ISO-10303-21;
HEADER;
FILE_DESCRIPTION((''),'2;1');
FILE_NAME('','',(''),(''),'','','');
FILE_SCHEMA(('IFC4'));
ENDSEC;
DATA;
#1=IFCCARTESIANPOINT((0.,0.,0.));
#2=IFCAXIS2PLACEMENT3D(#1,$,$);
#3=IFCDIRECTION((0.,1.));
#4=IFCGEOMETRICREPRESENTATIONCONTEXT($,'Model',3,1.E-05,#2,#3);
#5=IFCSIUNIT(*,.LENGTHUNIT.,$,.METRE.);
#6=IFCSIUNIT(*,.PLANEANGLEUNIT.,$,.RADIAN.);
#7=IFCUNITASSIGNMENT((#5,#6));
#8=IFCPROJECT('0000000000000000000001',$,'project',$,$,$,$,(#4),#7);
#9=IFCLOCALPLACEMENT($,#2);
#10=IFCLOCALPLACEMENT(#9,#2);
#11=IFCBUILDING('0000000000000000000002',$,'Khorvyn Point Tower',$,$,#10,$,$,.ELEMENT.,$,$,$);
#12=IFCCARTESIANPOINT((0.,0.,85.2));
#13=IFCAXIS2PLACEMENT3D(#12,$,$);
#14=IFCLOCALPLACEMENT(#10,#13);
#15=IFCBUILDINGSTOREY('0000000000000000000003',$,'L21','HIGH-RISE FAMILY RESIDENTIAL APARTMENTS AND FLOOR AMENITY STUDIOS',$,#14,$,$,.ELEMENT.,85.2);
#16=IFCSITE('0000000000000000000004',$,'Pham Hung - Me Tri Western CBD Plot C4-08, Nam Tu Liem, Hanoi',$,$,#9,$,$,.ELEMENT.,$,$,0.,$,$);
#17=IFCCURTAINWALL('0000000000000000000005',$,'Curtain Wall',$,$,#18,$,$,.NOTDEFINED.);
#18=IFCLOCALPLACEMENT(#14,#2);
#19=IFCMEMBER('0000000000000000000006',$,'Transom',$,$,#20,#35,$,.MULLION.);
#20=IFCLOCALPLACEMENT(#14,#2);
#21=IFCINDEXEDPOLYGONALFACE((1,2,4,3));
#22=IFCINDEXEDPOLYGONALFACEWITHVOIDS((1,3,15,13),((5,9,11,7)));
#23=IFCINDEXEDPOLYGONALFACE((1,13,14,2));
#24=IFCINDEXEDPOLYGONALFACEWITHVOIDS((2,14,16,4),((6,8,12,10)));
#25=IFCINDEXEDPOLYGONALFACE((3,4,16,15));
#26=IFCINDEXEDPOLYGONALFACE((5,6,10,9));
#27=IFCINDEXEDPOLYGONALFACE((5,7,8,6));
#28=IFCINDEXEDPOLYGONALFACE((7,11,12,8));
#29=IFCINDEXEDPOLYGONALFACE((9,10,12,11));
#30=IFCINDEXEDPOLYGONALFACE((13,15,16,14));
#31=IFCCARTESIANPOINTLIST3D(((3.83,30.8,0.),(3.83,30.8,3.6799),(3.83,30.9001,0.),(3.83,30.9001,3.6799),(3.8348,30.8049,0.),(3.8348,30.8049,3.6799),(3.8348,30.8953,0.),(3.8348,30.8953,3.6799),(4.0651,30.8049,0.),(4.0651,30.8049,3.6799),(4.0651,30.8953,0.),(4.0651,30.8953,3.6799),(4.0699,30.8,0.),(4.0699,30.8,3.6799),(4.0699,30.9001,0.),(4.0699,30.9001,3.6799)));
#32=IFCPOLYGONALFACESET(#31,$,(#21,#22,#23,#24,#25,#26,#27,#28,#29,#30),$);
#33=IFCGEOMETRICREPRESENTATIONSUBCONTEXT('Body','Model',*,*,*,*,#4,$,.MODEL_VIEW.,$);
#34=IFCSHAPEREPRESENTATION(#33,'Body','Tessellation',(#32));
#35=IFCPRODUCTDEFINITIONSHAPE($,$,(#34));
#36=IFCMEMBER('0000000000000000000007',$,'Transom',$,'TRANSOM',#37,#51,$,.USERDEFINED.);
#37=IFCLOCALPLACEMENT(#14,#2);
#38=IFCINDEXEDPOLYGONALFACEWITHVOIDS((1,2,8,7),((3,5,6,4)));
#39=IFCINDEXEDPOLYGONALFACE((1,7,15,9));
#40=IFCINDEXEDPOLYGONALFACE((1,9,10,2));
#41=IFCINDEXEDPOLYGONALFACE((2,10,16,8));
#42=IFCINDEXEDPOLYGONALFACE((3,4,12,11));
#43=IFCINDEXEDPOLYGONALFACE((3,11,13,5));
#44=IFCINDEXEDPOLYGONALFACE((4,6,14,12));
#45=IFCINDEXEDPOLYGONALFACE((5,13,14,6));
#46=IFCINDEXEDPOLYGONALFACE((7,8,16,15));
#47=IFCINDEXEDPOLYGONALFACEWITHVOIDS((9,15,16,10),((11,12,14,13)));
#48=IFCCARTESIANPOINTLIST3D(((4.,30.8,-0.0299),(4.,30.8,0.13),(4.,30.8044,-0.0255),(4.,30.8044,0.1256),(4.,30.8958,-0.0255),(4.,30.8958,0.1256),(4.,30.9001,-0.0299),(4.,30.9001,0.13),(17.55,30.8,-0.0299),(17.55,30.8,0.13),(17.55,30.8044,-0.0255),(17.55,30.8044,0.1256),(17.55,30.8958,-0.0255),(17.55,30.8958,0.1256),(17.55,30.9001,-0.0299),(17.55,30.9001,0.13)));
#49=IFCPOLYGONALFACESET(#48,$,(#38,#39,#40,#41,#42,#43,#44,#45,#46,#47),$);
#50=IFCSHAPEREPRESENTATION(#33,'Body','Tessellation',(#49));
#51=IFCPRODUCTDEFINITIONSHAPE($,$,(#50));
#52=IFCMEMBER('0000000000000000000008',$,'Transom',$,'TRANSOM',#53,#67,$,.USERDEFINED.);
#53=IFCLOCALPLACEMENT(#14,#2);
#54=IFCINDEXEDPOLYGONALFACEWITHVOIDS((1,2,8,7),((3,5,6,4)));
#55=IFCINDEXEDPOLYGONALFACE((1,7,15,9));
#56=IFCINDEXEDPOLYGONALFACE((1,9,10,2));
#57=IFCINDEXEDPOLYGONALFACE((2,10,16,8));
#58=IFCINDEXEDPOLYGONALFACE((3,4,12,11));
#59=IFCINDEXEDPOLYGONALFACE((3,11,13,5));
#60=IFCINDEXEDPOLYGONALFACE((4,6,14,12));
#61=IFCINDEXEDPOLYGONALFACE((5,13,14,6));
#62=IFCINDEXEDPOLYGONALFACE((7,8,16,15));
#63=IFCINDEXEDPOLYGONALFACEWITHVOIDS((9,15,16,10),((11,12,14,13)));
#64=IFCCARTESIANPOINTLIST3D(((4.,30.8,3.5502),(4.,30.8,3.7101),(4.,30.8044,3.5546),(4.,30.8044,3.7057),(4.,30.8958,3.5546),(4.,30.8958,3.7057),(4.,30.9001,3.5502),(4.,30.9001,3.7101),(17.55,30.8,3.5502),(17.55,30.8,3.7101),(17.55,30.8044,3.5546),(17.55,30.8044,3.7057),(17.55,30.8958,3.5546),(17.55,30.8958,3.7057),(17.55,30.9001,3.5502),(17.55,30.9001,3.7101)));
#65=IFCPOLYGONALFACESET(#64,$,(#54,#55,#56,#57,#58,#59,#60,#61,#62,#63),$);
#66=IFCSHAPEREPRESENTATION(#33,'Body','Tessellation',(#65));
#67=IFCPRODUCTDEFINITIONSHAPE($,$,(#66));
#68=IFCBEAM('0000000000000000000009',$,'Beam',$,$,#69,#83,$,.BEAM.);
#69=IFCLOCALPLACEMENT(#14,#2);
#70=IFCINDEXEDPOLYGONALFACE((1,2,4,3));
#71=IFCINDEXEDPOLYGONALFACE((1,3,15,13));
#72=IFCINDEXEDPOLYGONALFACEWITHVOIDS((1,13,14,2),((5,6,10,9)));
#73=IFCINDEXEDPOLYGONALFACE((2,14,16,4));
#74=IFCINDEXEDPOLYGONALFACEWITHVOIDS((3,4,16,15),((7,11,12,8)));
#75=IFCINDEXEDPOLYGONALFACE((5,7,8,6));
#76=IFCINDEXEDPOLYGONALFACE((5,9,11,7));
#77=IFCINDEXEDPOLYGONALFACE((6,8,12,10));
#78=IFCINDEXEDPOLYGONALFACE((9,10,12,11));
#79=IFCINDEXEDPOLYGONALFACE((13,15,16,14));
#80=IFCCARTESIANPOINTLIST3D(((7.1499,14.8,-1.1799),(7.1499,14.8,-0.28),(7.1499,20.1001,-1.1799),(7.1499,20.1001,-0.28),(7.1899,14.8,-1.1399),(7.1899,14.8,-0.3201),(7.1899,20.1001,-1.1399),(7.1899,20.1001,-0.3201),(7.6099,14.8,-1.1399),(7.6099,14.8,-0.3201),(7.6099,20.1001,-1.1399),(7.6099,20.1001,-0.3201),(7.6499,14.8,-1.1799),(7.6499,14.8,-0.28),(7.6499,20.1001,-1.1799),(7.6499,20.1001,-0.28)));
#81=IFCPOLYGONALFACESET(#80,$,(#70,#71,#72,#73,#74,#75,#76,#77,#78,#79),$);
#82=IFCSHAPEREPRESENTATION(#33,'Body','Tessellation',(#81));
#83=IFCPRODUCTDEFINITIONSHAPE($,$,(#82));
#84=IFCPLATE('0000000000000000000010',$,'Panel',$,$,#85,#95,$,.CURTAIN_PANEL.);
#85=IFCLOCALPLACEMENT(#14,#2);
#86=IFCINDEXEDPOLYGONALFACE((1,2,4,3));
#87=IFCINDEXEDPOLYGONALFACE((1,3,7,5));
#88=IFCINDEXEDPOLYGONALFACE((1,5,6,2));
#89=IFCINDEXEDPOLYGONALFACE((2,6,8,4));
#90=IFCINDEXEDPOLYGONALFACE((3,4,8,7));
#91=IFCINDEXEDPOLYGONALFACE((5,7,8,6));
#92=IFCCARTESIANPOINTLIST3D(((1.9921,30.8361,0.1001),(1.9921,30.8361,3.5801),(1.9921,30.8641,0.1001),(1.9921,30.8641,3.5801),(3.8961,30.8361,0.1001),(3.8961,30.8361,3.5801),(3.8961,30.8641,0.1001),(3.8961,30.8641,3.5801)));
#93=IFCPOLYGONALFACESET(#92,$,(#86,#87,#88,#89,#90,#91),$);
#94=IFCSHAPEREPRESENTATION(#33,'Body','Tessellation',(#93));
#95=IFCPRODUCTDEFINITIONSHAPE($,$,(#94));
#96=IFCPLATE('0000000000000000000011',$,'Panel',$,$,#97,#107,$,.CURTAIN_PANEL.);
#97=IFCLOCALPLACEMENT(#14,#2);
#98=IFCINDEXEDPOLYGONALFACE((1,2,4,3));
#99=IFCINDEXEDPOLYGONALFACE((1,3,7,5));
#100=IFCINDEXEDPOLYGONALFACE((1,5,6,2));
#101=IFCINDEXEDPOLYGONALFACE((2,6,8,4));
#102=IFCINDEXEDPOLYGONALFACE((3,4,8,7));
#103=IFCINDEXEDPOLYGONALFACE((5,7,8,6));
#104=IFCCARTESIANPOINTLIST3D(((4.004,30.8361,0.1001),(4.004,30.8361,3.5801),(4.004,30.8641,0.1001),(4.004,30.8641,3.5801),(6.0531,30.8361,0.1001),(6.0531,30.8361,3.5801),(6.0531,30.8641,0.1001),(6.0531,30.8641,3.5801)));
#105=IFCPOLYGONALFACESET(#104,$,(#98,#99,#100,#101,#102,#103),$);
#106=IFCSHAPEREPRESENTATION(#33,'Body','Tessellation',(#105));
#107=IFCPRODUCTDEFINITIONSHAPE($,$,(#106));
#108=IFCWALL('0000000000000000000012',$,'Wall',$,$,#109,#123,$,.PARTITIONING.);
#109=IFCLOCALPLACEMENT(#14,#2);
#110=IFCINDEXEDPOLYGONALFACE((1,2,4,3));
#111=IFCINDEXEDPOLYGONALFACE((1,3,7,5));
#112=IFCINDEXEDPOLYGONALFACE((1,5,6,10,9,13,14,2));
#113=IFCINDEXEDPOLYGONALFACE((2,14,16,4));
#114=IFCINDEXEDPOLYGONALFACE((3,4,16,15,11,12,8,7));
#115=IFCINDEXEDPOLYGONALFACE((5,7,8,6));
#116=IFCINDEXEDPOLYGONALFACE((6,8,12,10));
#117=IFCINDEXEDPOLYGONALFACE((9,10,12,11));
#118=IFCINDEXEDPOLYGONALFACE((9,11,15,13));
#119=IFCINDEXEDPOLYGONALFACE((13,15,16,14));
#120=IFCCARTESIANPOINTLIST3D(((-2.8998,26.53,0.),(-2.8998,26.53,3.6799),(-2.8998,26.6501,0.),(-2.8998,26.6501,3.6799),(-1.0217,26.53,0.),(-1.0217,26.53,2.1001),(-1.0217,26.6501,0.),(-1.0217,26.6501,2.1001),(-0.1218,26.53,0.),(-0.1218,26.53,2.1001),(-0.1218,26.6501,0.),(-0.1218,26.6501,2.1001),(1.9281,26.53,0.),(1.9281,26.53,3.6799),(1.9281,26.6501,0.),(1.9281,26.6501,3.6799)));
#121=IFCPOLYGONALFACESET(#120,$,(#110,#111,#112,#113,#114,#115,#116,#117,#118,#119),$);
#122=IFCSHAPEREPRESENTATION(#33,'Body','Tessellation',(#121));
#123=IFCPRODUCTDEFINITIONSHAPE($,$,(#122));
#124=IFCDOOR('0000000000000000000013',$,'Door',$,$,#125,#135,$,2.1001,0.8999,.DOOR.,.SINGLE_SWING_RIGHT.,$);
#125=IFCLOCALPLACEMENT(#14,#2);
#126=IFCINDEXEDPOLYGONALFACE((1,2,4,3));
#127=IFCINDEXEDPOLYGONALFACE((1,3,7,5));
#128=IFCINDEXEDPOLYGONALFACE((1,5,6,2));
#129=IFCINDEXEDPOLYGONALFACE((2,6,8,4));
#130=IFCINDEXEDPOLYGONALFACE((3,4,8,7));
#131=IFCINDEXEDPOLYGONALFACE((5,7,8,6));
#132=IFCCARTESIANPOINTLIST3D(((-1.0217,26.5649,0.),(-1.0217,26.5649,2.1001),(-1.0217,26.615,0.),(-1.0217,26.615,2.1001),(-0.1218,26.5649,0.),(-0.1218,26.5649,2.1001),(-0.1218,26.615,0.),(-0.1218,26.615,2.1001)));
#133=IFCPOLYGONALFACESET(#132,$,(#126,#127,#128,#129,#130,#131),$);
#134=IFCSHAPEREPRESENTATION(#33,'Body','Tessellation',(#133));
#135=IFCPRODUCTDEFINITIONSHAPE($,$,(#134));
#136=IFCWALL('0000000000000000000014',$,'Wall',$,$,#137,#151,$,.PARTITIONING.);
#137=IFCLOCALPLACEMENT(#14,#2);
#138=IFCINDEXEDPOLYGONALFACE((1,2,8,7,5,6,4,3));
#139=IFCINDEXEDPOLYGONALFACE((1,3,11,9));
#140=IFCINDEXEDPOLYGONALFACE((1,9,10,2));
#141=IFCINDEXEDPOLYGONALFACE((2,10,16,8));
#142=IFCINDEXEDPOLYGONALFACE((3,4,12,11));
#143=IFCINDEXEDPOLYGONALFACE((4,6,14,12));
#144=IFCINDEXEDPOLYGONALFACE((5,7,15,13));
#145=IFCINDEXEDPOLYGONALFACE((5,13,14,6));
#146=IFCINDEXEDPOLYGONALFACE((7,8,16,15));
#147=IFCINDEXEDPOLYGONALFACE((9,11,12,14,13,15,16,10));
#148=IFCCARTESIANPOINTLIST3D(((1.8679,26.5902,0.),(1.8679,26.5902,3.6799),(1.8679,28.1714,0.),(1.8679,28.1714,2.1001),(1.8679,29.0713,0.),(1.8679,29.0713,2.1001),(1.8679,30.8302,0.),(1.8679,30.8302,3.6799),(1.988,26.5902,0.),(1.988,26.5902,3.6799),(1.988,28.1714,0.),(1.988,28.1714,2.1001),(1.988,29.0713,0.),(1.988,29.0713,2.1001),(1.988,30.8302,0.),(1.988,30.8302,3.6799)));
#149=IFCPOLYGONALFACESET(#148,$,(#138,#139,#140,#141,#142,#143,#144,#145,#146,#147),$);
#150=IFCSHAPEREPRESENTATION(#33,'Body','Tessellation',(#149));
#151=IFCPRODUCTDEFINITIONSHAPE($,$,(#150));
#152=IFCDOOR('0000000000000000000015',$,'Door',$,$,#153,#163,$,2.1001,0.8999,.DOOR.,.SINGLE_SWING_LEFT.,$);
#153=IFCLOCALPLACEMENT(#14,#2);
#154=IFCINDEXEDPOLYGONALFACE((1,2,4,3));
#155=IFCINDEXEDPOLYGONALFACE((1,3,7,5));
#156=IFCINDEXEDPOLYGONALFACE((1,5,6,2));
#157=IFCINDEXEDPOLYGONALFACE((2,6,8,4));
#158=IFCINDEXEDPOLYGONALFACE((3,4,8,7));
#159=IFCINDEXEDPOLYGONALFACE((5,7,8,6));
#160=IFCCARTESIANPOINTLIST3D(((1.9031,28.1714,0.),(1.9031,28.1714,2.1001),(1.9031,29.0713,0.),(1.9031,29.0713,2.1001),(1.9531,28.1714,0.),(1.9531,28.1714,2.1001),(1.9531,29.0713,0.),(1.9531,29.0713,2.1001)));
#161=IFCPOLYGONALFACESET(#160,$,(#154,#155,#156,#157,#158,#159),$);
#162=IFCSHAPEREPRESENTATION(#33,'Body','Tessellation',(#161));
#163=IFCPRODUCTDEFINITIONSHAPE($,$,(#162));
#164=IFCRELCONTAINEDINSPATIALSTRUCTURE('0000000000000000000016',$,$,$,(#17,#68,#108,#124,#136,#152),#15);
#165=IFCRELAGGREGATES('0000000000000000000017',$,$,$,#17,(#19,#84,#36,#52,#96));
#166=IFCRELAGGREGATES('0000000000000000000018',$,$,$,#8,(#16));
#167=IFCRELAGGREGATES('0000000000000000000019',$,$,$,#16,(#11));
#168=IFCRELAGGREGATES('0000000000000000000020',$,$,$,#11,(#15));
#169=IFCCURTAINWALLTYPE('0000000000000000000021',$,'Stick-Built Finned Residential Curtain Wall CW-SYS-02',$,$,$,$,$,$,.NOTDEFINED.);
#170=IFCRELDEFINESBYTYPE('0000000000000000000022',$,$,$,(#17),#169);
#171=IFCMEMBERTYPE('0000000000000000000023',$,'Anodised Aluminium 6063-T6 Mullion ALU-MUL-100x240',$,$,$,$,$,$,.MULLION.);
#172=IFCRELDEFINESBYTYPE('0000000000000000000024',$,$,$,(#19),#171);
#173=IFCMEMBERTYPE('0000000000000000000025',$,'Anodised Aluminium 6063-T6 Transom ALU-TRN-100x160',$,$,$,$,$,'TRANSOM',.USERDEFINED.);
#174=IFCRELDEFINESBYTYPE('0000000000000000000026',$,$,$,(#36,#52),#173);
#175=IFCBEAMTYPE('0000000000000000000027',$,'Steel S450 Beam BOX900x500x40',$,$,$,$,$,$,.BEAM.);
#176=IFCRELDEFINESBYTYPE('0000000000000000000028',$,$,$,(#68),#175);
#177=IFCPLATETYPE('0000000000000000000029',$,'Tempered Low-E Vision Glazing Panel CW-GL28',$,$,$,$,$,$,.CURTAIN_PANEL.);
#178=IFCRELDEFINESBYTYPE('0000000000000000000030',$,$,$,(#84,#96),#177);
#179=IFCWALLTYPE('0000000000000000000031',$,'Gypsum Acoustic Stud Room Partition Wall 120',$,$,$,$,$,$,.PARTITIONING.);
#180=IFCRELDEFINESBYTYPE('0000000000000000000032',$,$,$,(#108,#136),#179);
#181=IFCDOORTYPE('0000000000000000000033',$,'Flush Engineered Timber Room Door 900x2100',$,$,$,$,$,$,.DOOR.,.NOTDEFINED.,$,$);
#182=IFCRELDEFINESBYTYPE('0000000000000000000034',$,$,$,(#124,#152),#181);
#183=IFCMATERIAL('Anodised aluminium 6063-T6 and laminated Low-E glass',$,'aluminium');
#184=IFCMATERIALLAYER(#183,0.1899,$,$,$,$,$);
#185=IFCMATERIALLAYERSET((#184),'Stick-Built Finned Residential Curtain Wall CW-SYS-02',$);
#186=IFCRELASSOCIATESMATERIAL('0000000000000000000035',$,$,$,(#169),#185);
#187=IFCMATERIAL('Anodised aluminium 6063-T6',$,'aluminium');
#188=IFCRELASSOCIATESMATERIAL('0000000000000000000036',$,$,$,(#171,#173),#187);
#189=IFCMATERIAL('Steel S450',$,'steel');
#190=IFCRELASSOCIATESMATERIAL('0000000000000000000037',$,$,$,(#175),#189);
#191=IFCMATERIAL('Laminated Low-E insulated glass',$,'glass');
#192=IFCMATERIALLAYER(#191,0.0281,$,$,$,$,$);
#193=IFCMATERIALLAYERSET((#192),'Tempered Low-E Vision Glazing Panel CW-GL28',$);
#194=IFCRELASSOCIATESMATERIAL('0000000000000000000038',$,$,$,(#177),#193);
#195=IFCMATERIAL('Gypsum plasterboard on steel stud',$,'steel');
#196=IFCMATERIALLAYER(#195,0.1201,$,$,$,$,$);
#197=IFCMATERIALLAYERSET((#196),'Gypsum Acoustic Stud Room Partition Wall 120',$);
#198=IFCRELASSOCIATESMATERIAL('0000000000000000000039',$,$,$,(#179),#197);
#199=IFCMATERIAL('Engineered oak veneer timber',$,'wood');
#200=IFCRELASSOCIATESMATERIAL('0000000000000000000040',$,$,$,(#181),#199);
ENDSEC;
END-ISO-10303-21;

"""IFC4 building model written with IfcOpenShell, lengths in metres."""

from ifc_helpers import new_model, si_unit, direction, frame, frame_2d, origin, origin_2d, place, context, subcontext, project, spatial, rectangle, hollow_rectangle, extrude, material, layer, layer_set, material_profile, profile_set, type_object, element, fill, aggregate, save


model = new_model("IFC4")

# Units and contexts
model_context = context("Model", 3, precision=1e-05, world=origin(), true_north=direction((0.0, 1.0)))
body_context = subcontext(model_context, "Body", "Model", "MODEL_VIEW")
ifc_project = project(units=[si_unit("LENGTHUNIT", "METRE"), si_unit("PLANEANGLEUNIT", "RADIAN")], contexts=[model_context])

# Site, building, storey
site_placement = place(None, origin())
site = spatial("IfcSite", under=ifc_project, at=site_placement, Name="Pham Hung - Me Tri Western CBD Plot C4-08, Nam Tu Liem, Hanoi", CompositionType="ELEMENT", RefElevation=0.0)
building_placement = place(site_placement, origin())
building = spatial("IfcBuilding", under=site, at=building_placement, Name="Khorvyn Point Tower", CompositionType="ELEMENT")
storey_placement = place(building_placement, frame((0.0, 0.0, 85.2)))
storey = spatial("IfcBuildingStorey", under=building, at=storey_placement, Name="L21", Description="HIGH-RISE FAMILY RESIDENTIAL APARTMENTS AND FLOOR AMENITY STUDIOS", CompositionType="ELEMENT", Elevation=85.2)

# Curtain wall, members
ifc_material_1 = material(Name="Anodised aluminium 6063-T6 and laminated Low-E glass", Category="aluminium")
ifc_layer_1 = layer(ifc_material_1, 0.1899)
ifc_layer_set_1 = layer_set([ifc_layer_1], Name="Stick-Built Finned Residential Curtain Wall CW-SYS-02")
curtain_wall_type = type_object("IfcCurtainWallType", Name="Stick-Built Finned Residential Curtain Wall CW-SYS-02", PredefinedType="NOTDEFINED", material=ifc_layer_set_1)
curtain_wall_placement = place(storey_placement, origin())
curtain_wall = element("IfcCurtainWall", 1, at=curtain_wall_placement, inside=storey, type_object=curtain_wall_type, Name="Curtain Wall", PredefinedType="NOTDEFINED")
ifc_material_2 = material(Name="Anodised aluminium 6063-T6", Category="aluminium")
ifc_material_profile_1 = material_profile(ifc_material_2, hollow_rectangle(XDim=0.1001, YDim=0.24, WallThickness=0.0049, at=origin_2d()))
ifc_profile_set_1 = profile_set([ifc_material_profile_1], Name="Anodised aluminium 6063-T6 ALU-MUL-100x240")
member_type_1 = type_object("IfcMemberType", Name="Anodised Aluminium 6063-T6 Mullion ALU-MUL-100x240", PredefinedType="MULLION", material=ifc_profile_set_1)
member_1_placement = place(storey_placement, frame((3.95, 30.8501, 0.0), z_axis=(0.0, 0.0, 1.0), x_axis=(0.0, 1.0, 0.0)))
member_1 = element("IfcMember", 2, at=member_1_placement, type_object=member_type_1, Name="Transom", PredefinedType="MULLION", context=body_context, shape_type="SweptSolid", body=[
    extrude(hollow_rectangle(XDim=0.1001, YDim=0.24, WallThickness=0.0049, at=origin_2d()), origin(), (0.0, 0.0, 1.0), 3.6799),
])
ifc_material_profile_2 = material_profile(ifc_material_2, hollow_rectangle(XDim=0.1001, YDim=0.1599, WallThickness=0.0044, at=origin_2d()))
ifc_profile_set_2 = profile_set([ifc_material_profile_2], Name="Anodised aluminium 6063-T6 ALU-TRN-100x160")
member_type_2 = type_object("IfcMemberType", Name="Anodised Aluminium 6063-T6 Transom ALU-TRN-100x160", ElementType="TRANSOM", PredefinedType="USERDEFINED", material=ifc_profile_set_2)
member_2_placement = place(storey_placement, frame((4.0, 30.8501, 0.05), z_axis=(1.0, 0.0, 0.0), x_axis=(0.0, 1.0, 0.0)))
member_2 = element("IfcMember", 3, at=member_2_placement, type_object=member_type_2, Name="Transom", ObjectType="TRANSOM", PredefinedType="USERDEFINED", context=body_context, shape_type="SweptSolid", body=[
    extrude(hollow_rectangle(XDim=0.1001, YDim=0.1599, WallThickness=0.0044, at=origin_2d()), origin(), (0.0, 0.0, 1.0), 13.55),
])
member_3_placement = place(storey_placement, frame((4.0, 30.8501, 3.6301), z_axis=(1.0, 0.0, 0.0), x_axis=(0.0, 1.0, 0.0)))
member_3 = element("IfcMember", 4, at=member_3_placement, type_object=member_type_2, Name="Transom", ObjectType="TRANSOM", PredefinedType="USERDEFINED", context=body_context, shape_type="SweptSolid", body=[
    extrude(hollow_rectangle(XDim=0.1001, YDim=0.1599, WallThickness=0.0044, at=origin_2d()), origin(), (0.0, 0.0, 1.0), 13.55),
])

# Beam
ifc_material_3 = material(Name="Steel S450", Category="steel")
ifc_material_profile_3 = material_profile(ifc_material_3, hollow_rectangle(XDim=0.5, YDim=0.8999, WallThickness=0.04, at=origin_2d()))
ifc_profile_set_3 = profile_set([ifc_material_profile_3], Name="Steel S450 BOX900x500x40")
beam_type = type_object("IfcBeamType", Name="Steel S450 Beam BOX900x500x40", PredefinedType="BEAM", material=ifc_profile_set_3)
beam_placement = place(storey_placement, frame((7.3999, 14.8, -0.73), z_axis=(0.0, 1.0, 0.0), x_axis=(-1.0, 0.0, 0.0)))
element("IfcBeam", 5, at=beam_placement, inside=storey, type_object=beam_type, Name="Beam", PredefinedType="BEAM", context=body_context, shape_type="SweptSolid", body=[
    extrude(hollow_rectangle(XDim=0.5, YDim=0.8999, WallThickness=0.04, at=origin_2d()), origin(), (0.0, 0.0, 1.0), 5.3),
])

# Plates
ifc_material_4 = material(Name="Laminated Low-E insulated glass", Category="glass")
ifc_layer_2 = layer(ifc_material_4, 0.0281)
ifc_layer_set_2 = layer_set([ifc_layer_2], Name="Tempered Low-E Vision Glazing Panel CW-GL28")
plate_type = type_object("IfcPlateType", Name="Tempered Low-E Vision Glazing Panel CW-GL28", PredefinedType="CURTAIN_PANEL", material=ifc_layer_set_2)
plate_1_placement = place(storey_placement, frame((2.9441, 30.8501, 0.1001), z_axis=(0.0, 0.0, 1.0), x_axis=(1.0, 0.0, 0.0)))
plate_1 = element("IfcPlate", 6, at=plate_1_placement, type_object=plate_type, Name="Panel", PredefinedType="CURTAIN_PANEL", context=body_context, shape_type="SweptSolid", body=[
    extrude(rectangle(XDim=1.9041, YDim=0.0281, at=origin_2d()), origin(), (0.0, 0.0, 1.0), 3.48),
])
plate_2_placement = place(storey_placement, frame((5.0286, 30.8501, 0.1001), z_axis=(0.0, 0.0, 1.0), x_axis=(1.0, 0.0, 0.0)))
plate_2 = element("IfcPlate", 7, at=plate_2_placement, type_object=plate_type, Name="Panel", PredefinedType="CURTAIN_PANEL", context=body_context, shape_type="SweptSolid", body=[
    extrude(rectangle(XDim=2.0491, YDim=0.0281, at=origin_2d()), origin(), (0.0, 0.0, 1.0), 3.48),
])
aggregate(curtain_wall, [member_1, plate_1, member_2, member_3, plate_2])

# Walls, openings, doors
ifc_material_5 = material(Name="Gypsum plasterboard on steel stud", Category="steel")
ifc_layer_3 = layer(ifc_material_5, 0.1201)
ifc_layer_set_3 = layer_set([ifc_layer_3], Name="Gypsum Acoustic Stud Room Partition Wall 120")
wall_type_1 = type_object("IfcWallType", Name="Gypsum Acoustic Stud Room Partition Wall 120", PredefinedType="PARTITIONING", material=ifc_layer_set_3)
wall_1_placement = place(storey_placement, frame((-2.8999, 26.5901, 0.0), z_axis=(0.0, 0.0, 1.0), x_axis=(1.0, 0.0, 0.0)))
wall_1 = element("IfcWall", 8, at=wall_1_placement, inside=storey, type_object=wall_type_1, Name="Wall", PredefinedType="PARTITIONING", context=body_context, shape_type="SweptSolid", body=[
    extrude(rectangle(XDim=4.8279, YDim=0.1201, at=frame_2d((2.4141, 0.0))), origin(), (0.0, 0.0, 1.0), 3.6799),
])
opening_1_placement = place(wall_1_placement, frame((1.8782, 0.0, 0.0)))
opening_1 = element("IfcOpeningElement", 9, at=opening_1_placement, cuts=wall_1, PredefinedType="OPENING", context=body_context, shape_type="SweptSolid", body=[
    extrude(rectangle(XDim=0.8999, YDim=2.1001, at=frame_2d((0.45, 1.05))), frame((0.0, 0.0701, 0.0), z_axis=(0.0, -1.0, 0.0), x_axis=(1.0, 0.0, 0.0)), (0.0, 0.0, 1.0), 0.1401),
])
ifc_material_6 = material(Name="Engineered oak veneer timber", Category="wood")
door_type_1 = type_object("IfcDoorType", Name="Flush Engineered Timber Room Door 900x2100", OperationType="NOTDEFINED", PredefinedType="DOOR", material=ifc_material_6)
door_1_placement = place(opening_1_placement, origin())
door_1 = element("IfcDoor", 10, at=door_1_placement, inside=storey, type_object=door_type_1, Name="Door", OperationType="SINGLE_SWING_RIGHT", OverallHeight=2.1001, OverallWidth=0.8999, PredefinedType="DOOR", context=body_context, shape_type="SweptSolid", body=[
    extrude(rectangle(XDim=0.8999, YDim=2.1001, at=frame_2d((0.45, 1.05))), frame((0.0, 0.0249, 0.0), z_axis=(0.0, -1.0, 0.0), x_axis=(1.0, 0.0, 0.0)), (0.0, 0.0, 1.0), 0.05),
])
fill(opening_1, door_1)
wall_2_placement = place(storey_placement, frame((1.928, 26.5901, 0.0), z_axis=(0.0, 0.0, 1.0), x_axis=(0.0, 1.0, 0.0)))
wall_2 = element("IfcWall", 11, at=wall_2_placement, inside=storey, type_object=wall_type_1, Name="Wall", PredefinedType="PARTITIONING", context=body_context, shape_type="SweptSolid", body=[
    extrude(rectangle(XDim=4.24, YDim=0.1201, at=frame_2d((2.1201, 0.0))), origin(), (0.0, 0.0, 1.0), 3.6799),
])
opening_2_placement = place(wall_2_placement, frame((1.5813, 0.0, 0.0)))
opening_2 = element("IfcOpeningElement", 12, at=opening_2_placement, cuts=wall_2, PredefinedType="OPENING", context=body_context, shape_type="SweptSolid", body=[
    extrude(rectangle(XDim=0.8999, YDim=2.1001, at=frame_2d((0.45, 1.05))), frame((0.0, 0.0701, 0.0), z_axis=(0.0, -1.0, 0.0), x_axis=(1.0, 0.0, 0.0)), (0.0, 0.0, 1.0), 0.1401),
])
door_2_placement = place(opening_2_placement, origin())
door_2 = element("IfcDoor", 13, at=door_2_placement, inside=storey, type_object=door_type_1, Name="Door", OperationType="SINGLE_SWING_LEFT", OverallHeight=2.1001, OverallWidth=0.8999, PredefinedType="DOOR", context=body_context, shape_type="SweptSolid", body=[
    extrude(rectangle(XDim=0.8999, YDim=2.1001, at=frame_2d((0.45, 1.05))), frame((0.0, 0.0249, 0.0), z_axis=(0.0, -1.0, 0.0), x_axis=(1.0, 0.0, 0.0)), (0.0, 0.0, 1.0), 0.05),
])
fill(opening_2, door_2)

save(model, "model.ifc")
